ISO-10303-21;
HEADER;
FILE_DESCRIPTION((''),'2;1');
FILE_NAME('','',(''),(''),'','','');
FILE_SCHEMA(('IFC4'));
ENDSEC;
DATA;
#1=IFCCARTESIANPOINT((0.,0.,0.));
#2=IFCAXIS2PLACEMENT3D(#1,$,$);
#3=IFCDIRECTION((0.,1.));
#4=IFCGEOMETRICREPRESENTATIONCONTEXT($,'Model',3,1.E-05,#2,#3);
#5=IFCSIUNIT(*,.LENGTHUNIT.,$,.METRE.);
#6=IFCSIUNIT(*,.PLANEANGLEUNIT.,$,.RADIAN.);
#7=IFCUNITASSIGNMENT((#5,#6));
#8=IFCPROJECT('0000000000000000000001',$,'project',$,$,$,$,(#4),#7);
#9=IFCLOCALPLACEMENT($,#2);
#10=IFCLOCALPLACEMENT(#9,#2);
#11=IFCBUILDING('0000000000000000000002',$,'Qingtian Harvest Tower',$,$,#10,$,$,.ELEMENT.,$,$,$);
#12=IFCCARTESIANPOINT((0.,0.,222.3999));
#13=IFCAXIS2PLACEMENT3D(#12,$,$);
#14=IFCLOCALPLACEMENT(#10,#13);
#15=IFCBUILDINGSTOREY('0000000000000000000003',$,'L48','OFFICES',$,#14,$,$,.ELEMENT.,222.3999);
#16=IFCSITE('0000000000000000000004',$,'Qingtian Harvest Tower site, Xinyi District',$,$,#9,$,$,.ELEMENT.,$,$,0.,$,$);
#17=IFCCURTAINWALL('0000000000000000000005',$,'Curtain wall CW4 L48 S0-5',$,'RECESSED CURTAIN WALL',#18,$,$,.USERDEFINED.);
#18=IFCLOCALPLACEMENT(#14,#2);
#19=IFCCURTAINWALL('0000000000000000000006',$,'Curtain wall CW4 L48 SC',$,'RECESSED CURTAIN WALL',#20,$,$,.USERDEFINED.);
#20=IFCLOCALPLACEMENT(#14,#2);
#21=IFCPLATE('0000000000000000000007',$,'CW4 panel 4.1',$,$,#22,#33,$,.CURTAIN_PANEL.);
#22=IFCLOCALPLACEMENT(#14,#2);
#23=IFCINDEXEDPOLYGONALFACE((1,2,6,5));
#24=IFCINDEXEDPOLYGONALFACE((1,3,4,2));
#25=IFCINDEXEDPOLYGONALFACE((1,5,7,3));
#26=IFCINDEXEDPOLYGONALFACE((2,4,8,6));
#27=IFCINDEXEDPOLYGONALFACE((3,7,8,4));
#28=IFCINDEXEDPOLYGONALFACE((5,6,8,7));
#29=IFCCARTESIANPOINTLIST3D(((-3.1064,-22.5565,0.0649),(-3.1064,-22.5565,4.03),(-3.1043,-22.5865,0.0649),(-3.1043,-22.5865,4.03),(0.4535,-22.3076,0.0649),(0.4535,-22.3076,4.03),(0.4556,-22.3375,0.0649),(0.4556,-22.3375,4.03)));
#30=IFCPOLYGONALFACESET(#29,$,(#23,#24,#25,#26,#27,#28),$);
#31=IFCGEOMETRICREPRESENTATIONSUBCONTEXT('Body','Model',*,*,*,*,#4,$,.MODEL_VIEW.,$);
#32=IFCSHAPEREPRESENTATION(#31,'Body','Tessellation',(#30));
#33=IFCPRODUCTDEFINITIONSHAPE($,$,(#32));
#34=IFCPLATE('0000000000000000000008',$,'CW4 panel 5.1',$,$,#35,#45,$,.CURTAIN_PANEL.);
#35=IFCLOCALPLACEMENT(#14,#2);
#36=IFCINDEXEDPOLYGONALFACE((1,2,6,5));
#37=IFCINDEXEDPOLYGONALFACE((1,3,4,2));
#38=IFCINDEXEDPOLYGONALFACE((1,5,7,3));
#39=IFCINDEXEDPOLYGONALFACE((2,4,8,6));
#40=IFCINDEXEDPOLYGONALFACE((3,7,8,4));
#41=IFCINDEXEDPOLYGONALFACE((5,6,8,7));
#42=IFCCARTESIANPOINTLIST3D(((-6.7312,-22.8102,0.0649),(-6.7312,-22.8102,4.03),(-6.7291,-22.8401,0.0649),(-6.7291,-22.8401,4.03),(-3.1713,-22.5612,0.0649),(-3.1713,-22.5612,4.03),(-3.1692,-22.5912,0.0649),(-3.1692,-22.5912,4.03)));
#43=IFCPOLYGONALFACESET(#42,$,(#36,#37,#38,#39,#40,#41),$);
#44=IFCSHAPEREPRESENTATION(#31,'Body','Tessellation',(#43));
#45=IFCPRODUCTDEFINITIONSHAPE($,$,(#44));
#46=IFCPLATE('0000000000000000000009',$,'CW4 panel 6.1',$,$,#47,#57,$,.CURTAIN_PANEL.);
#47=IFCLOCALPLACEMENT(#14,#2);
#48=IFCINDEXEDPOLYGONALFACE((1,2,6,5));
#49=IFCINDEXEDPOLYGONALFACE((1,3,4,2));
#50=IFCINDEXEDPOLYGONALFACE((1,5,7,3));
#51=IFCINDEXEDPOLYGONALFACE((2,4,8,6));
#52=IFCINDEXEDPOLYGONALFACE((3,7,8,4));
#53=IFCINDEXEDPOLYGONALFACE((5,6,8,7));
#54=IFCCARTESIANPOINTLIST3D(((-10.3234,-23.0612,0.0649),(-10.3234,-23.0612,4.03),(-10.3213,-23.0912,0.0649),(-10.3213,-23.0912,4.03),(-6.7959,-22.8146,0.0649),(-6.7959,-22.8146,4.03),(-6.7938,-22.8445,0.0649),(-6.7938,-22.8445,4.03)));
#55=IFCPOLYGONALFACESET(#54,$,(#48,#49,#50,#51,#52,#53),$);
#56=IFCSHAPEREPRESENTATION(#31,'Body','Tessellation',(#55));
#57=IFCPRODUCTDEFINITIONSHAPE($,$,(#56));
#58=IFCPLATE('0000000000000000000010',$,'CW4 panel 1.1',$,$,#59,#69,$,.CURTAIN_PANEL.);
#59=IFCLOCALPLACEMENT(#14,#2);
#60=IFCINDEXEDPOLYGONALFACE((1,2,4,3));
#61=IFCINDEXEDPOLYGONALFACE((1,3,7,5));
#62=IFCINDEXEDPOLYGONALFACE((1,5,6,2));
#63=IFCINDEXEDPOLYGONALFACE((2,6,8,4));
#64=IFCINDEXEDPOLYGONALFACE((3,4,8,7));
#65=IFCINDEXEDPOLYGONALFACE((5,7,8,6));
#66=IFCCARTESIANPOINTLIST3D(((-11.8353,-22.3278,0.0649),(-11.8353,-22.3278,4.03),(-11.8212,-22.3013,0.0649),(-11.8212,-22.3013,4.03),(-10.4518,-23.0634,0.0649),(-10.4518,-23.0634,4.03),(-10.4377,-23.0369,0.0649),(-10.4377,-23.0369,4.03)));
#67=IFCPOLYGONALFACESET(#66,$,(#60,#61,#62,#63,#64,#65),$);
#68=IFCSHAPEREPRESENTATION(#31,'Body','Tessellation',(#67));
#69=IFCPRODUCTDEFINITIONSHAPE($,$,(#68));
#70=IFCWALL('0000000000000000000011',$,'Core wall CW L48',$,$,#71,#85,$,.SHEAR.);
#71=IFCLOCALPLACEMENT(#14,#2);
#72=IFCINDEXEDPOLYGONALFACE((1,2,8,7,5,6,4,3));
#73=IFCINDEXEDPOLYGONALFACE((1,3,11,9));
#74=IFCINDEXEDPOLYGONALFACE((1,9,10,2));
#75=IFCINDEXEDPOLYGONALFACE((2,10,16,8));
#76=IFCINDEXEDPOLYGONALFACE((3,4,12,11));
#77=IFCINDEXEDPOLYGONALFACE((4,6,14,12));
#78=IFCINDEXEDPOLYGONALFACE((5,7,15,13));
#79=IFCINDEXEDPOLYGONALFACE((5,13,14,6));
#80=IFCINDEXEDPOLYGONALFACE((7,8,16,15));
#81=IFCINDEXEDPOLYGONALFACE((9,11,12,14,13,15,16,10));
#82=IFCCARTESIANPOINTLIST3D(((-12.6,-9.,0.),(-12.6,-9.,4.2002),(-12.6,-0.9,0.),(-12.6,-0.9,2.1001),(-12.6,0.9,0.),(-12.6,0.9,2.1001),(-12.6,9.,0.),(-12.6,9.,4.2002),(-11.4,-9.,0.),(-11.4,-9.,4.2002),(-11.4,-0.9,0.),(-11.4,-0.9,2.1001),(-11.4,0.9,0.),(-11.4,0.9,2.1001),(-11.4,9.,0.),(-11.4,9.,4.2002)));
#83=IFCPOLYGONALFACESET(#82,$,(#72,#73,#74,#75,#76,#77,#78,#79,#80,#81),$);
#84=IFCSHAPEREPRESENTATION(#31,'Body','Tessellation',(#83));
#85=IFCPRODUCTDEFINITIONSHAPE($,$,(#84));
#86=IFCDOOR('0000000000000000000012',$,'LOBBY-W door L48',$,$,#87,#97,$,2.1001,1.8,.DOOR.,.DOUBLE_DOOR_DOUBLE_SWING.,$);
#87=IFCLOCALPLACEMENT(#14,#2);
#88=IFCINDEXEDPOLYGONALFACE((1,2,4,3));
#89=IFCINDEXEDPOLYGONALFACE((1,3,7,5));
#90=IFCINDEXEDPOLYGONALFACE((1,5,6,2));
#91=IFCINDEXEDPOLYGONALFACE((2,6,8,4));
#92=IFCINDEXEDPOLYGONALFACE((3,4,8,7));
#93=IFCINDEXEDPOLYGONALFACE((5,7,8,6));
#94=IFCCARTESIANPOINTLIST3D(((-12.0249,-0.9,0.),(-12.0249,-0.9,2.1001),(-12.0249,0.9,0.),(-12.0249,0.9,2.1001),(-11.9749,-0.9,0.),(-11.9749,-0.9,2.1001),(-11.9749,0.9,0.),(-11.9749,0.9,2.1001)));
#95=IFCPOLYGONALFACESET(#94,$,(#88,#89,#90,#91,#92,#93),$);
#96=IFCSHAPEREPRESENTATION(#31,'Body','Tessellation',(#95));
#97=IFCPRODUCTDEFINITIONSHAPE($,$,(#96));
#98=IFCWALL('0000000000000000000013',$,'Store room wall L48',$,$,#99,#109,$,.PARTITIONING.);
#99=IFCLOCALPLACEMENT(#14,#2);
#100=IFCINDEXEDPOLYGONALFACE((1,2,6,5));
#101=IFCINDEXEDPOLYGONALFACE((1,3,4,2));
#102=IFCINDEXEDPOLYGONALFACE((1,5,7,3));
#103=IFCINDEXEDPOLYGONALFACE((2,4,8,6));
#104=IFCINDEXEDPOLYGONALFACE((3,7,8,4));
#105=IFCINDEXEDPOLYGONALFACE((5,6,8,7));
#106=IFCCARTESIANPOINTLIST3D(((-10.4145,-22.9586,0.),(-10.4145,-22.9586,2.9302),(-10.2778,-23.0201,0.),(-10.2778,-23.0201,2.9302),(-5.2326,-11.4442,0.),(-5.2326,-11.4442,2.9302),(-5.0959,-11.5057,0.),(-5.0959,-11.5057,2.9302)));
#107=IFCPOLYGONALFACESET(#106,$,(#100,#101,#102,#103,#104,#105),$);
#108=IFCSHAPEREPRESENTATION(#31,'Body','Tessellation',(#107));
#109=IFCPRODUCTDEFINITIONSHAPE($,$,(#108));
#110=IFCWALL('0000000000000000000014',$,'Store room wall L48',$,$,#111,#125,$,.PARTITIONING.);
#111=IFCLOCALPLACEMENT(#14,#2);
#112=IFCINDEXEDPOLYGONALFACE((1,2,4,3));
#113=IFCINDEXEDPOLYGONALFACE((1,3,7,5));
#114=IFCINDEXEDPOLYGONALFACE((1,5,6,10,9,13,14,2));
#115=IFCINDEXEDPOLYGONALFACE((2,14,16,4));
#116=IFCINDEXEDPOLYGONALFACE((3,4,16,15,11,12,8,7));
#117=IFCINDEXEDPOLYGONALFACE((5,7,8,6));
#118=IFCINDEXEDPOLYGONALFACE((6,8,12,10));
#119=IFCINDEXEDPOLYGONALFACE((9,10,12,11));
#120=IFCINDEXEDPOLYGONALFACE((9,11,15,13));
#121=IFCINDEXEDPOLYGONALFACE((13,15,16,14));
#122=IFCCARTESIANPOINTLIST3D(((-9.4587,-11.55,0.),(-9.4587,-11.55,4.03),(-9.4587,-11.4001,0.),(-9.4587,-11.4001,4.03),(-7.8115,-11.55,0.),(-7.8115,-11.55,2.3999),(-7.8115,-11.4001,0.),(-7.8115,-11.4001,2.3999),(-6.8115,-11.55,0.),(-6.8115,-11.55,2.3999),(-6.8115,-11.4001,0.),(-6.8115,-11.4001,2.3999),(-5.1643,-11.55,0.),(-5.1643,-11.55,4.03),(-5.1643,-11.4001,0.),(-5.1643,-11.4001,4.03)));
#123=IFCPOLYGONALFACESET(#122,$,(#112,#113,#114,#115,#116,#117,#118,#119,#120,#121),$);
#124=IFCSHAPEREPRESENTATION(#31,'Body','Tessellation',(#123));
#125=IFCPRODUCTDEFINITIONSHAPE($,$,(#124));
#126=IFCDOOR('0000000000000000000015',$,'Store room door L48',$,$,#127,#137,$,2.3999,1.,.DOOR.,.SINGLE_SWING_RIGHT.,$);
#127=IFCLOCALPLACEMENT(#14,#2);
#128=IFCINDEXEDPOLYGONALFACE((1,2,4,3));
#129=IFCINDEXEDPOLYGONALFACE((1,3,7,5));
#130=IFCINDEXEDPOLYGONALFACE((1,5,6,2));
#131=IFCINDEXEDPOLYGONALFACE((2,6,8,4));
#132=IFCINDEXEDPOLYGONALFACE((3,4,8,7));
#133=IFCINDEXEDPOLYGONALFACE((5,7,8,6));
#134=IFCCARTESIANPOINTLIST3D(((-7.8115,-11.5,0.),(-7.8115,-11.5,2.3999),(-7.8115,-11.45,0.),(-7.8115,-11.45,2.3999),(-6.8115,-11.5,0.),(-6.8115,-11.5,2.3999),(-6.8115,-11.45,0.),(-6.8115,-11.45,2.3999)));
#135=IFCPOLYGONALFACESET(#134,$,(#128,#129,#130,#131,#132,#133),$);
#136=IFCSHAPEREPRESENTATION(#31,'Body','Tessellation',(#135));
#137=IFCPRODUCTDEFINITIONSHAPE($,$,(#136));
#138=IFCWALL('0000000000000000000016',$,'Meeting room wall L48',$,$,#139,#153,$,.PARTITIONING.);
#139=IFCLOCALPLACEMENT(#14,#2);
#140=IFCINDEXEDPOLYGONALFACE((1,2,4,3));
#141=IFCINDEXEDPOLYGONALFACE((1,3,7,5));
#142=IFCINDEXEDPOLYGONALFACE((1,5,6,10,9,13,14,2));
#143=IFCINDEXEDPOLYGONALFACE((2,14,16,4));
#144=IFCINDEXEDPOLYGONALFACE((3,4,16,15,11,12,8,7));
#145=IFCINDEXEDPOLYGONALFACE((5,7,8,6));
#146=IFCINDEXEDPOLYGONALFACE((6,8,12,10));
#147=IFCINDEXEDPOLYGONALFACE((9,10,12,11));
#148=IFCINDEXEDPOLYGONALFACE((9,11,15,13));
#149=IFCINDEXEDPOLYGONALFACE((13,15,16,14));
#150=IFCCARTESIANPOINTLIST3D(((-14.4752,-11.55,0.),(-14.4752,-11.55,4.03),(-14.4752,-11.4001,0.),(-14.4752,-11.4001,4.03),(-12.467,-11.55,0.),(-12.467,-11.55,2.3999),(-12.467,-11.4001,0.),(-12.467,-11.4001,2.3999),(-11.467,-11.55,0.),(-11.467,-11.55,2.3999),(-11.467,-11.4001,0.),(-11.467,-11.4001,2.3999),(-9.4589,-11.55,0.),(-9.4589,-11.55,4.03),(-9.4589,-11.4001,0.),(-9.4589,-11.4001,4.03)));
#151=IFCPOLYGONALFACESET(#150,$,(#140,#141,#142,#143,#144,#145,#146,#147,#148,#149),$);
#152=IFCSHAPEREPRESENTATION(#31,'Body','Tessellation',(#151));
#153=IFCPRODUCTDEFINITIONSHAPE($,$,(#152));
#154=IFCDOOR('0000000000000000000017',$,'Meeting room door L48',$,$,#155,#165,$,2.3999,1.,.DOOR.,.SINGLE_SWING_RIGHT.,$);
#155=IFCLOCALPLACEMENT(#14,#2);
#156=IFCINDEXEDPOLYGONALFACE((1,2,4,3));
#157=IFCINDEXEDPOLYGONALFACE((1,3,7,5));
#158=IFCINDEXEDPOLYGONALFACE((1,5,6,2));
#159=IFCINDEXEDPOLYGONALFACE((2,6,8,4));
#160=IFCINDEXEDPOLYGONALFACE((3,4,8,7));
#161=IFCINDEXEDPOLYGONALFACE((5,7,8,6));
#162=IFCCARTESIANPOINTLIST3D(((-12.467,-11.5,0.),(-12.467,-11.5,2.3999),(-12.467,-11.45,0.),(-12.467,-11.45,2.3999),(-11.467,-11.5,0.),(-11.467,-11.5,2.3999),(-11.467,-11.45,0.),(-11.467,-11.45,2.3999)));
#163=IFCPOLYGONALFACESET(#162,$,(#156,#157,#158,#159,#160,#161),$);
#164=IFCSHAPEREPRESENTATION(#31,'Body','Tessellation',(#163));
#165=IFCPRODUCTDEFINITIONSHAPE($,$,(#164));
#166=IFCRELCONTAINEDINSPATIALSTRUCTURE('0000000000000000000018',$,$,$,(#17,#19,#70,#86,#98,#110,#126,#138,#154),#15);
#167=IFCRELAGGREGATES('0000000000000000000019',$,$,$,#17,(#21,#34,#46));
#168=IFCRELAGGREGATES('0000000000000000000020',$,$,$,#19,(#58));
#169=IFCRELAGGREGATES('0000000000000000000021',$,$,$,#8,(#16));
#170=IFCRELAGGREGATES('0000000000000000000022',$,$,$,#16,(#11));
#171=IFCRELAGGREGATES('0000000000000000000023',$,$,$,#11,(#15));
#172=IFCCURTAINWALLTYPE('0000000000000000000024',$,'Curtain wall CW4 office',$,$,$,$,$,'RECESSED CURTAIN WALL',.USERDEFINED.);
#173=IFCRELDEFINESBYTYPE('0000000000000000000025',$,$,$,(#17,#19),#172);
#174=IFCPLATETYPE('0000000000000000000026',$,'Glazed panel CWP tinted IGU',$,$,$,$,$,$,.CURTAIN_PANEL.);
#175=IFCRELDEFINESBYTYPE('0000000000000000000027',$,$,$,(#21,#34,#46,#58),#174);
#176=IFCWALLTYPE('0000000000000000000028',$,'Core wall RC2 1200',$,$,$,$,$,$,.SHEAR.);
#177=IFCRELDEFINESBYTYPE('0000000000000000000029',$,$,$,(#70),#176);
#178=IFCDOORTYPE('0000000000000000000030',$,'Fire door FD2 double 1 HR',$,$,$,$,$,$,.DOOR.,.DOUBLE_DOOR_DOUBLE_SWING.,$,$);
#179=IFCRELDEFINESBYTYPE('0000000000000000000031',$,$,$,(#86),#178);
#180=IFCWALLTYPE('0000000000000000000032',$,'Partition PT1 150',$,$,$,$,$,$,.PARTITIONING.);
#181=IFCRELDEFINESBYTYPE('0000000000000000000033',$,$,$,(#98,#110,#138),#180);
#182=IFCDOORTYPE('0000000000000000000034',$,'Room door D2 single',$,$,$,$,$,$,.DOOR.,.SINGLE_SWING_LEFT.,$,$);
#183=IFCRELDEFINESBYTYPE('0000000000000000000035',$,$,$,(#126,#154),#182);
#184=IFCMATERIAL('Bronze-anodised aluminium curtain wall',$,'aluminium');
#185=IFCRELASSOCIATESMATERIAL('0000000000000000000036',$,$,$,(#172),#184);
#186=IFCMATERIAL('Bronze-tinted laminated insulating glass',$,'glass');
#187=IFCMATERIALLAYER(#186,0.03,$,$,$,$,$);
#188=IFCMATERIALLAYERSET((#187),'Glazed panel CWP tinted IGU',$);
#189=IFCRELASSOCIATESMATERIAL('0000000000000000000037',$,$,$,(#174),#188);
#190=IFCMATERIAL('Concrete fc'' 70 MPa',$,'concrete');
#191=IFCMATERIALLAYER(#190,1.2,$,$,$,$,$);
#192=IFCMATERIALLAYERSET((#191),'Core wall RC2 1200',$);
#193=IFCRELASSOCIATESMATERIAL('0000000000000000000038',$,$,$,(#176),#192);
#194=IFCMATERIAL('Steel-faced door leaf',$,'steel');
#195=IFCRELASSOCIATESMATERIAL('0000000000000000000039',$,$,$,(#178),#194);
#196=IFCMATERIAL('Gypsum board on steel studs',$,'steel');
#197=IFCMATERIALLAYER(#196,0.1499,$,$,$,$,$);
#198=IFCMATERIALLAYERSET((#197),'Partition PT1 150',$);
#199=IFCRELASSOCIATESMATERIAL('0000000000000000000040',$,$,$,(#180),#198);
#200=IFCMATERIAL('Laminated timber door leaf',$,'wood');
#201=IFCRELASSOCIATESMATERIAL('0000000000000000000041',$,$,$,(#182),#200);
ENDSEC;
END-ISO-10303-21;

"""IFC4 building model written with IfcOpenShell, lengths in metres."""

from ifc_helpers import new_model, si_unit, direction, frame, frame_2d, origin, origin_2d, place, context, subcontext, project, spatial, rectangle, extrude, material, layer, layer_set, type_object, element, fill, aggregate, save


model = new_model("IFC4")

# Units and contexts
model_context = context("Model", 3, precision=1e-05, world=origin(), true_north=direction((0.0, 1.0)))
body_context = subcontext(model_context, "Body", "Model", "MODEL_VIEW")
ifc_project = project(units=[si_unit("LENGTHUNIT", "METRE"), si_unit("PLANEANGLEUNIT", "RADIAN")], contexts=[model_context])

# Site, building, storey
site_placement = place(None, origin())
site = spatial("IfcSite", under=ifc_project, at=site_placement, Name="Qingtian Harvest Tower site, Xinyi District", CompositionType="ELEMENT", RefElevation=0.0)
building_placement = place(site_placement, origin())
building = spatial("IfcBuilding", under=site, at=building_placement, Name="Qingtian Harvest Tower", CompositionType="ELEMENT")
storey_placement = place(building_placement, frame((0.0, 0.0, 222.3999)))
storey = spatial("IfcBuildingStorey", under=building, at=storey_placement, Name="L48", Description="OFFICES", CompositionType="ELEMENT", Elevation=222.3999)

# Curtain walls
ifc_material_1 = material(Name="Bronze-anodised aluminium curtain wall", Category="aluminium")
curtain_wall_type = type_object("IfcCurtainWallType", Name="Curtain wall CW4 office", ElementType="RECESSED CURTAIN WALL", PredefinedType="USERDEFINED", material=ifc_material_1)
curtain_wall_1_placement = place(storey_placement, origin())
curtain_wall_1 = element("IfcCurtainWall", 1, at=curtain_wall_1_placement, inside=storey, type_object=curtain_wall_type, Name="Curtain wall CW4 L48 S0-5", ObjectType="RECESSED CURTAIN WALL", PredefinedType="USERDEFINED")
curtain_wall_2_placement = place(storey_placement, origin())
curtain_wall_2 = element("IfcCurtainWall", 2, at=curtain_wall_2_placement, inside=storey, type_object=curtain_wall_type, Name="Curtain wall CW4 L48 SC", ObjectType="RECESSED CURTAIN WALL", PredefinedType="USERDEFINED")

# Plates
ifc_material_2 = material(Name="Bronze-tinted laminated insulating glass", Category="glass")
ifc_layer_1 = layer(ifc_material_2, 0.03)
ifc_layer_set_1 = layer_set([ifc_layer_1], Name="Glazed panel CWP tinted IGU")
plate_type = type_object("IfcPlateType", Name="Glazed panel CWP tinted IGU", PredefinedType="CURTAIN_PANEL", material=ifc_layer_set_1)
plate_1_placement = place(storey_placement, frame((-1.3254, -22.447, 0.0649), z_axis=(0.0, 0.0, 1.0), x_axis=(-0.997564, -0.069756, 0.0)))
plate_1 = element("IfcPlate", 3, at=plate_1_placement, type_object=plate_type, Name="CW4 panel 4.1", PredefinedType="CURTAIN_PANEL", context=body_context, shape_type="SweptSolid", body=[
    extrude(rectangle(XDim=3.5686, YDim=0.03, at=origin_2d()), origin(), (0.0, 0.0, 1.0), 3.9651),
])
plate_2_placement = place(storey_placement, frame((-4.9502, -22.7007, 0.0649), z_axis=(0.0, 0.0, 1.0), x_axis=(-0.997564, -0.069756, 0.0)))
plate_2 = element("IfcPlate", 4, at=plate_2_placement, type_object=plate_type, Name="CW4 panel 5.1", PredefinedType="CURTAIN_PANEL", context=body_context, shape_type="SweptSolid", body=[
    extrude(rectangle(XDim=3.5686, YDim=0.03, at=origin_2d()), origin(), (0.0, 0.0, 1.0), 3.9651),
])
plate_3_placement = place(storey_placement, frame((-8.5586, -22.9529, 0.0649), z_axis=(0.0, 0.0, 1.0), x_axis=(-0.997564, -0.069756, 0.0)))
plate_3 = element("IfcPlate", 5, at=plate_3_placement, type_object=plate_type, Name="CW4 panel 6.1", PredefinedType="CURTAIN_PANEL", context=body_context, shape_type="SweptSolid", body=[
    extrude(rectangle(XDim=3.5361, YDim=0.03, at=origin_2d()), origin(), (0.0, 0.0, 1.0), 3.9651),
])
aggregate(curtain_wall_1, [plate_1, plate_2, plate_3])
plate_4_placement = place(storey_placement, frame((-11.1365, -22.6824, 0.0649), z_axis=(0.0, 0.0, 1.0), x_axis=(-0.882948, 0.469472, 0.0)))
plate_4 = element("IfcPlate", 6, at=plate_4_placement, type_object=plate_type, Name="CW4 panel 1.1", PredefinedType="CURTAIN_PANEL", context=body_context, shape_type="SweptSolid", body=[
    extrude(rectangle(XDim=1.5669, YDim=0.03, at=origin_2d()), origin(), (0.0, 0.0, 1.0), 3.9651),
])
aggregate(curtain_wall_2, [plate_4])

# Wall, opening, door
ifc_material_3 = material(Name="Concrete fc' 70 MPa", Category="concrete")
ifc_layer_2 = layer(ifc_material_3, 1.2)
ifc_layer_set_2 = layer_set([ifc_layer_2], Name="Core wall RC2 1200")
wall_type_1 = type_object("IfcWallType", Name="Core wall RC2 1200", PredefinedType="SHEAR", material=ifc_layer_set_2)
wall_1_placement = place(storey_placement, frame((-12.0, -9.0, 0.0), z_axis=(0.0, 0.0, 1.0), x_axis=(0.0, 1.0, 0.0)))
wall_1 = element("IfcWall", 7, at=wall_1_placement, inside=storey, type_object=wall_type_1, Name="Core wall CW L48", PredefinedType="SHEAR", context=body_context, shape_type="SweptSolid", body=[
    extrude(rectangle(XDim=18.0, YDim=1.2, at=frame_2d((9.0, 0.0))), origin(), (0.0, 0.0, 1.0), 4.2002),
])
opening_1_placement = place(wall_1_placement, frame((8.1001, 0.0, 0.0)))
opening_1 = element("IfcOpeningElement", 8, at=opening_1_placement, cuts=wall_1, PredefinedType="OPENING", context=body_context, shape_type="SweptSolid", body=[
    extrude(rectangle(XDim=1.8, YDim=2.1001, at=frame_2d((0.8999, 1.05))), frame((0.0, 0.6099, 0.0), z_axis=(0.0, -1.0, 0.0), x_axis=(1.0, 0.0, 0.0)), (0.0, 0.0, 1.0), 1.22),
])
ifc_material_4 = material(Name="Steel-faced door leaf", Category="steel")
door_type_1 = type_object("IfcDoorType", Name="Fire door FD2 double 1 HR", OperationType="DOUBLE_DOOR_DOUBLE_SWING", PredefinedType="DOOR", material=ifc_material_4)
door_1_placement = place(opening_1_placement, origin())
door_1 = element("IfcDoor", 9, at=door_1_placement, inside=storey, type_object=door_type_1, Name="LOBBY-W door L48", OperationType="DOUBLE_DOOR_DOUBLE_SWING", OverallHeight=2.1001, OverallWidth=1.8, PredefinedType="DOOR", context=body_context, shape_type="SweptSolid", body=[
    extrude(rectangle(XDim=1.8, YDim=2.1001, at=frame_2d((0.8999, 1.05))), frame((0.0, 0.0249, 0.0), z_axis=(0.0, -1.0, 0.0), x_axis=(1.0, 0.0, 0.0)), (0.0, 0.0, 1.0), 0.05),
])
fill(opening_1, door_1)

# Wall
ifc_material_5 = material(Name="Gypsum board on steel studs", Category="steel")
ifc_layer_3 = layer(ifc_material_5, 0.1499)
ifc_layer_set_3 = layer_set([ifc_layer_3], Name="Partition PT1 150")
wall_type_2 = type_object("IfcWallType", Name="Partition PT1 150", PredefinedType="PARTITIONING", material=ifc_layer_set_3)
wall_2_placement = place(storey_placement, frame((-10.3462, -22.9895, 0.0), z_axis=(0.0, 0.0, 1.0), x_axis=(0.410391, 0.91191, 0.0)))
element("IfcWall", 10, at=wall_2_placement, inside=storey, type_object=wall_type_2, Name="Store room wall L48", PredefinedType="PARTITIONING", context=body_context, shape_type="SweptSolid", body=[
    extrude(rectangle(XDim=12.6267, YDim=0.1499, at=frame_2d((6.3135, 0.0))), origin(), (0.0, 0.0, 1.0), 2.9302),
])

# Walls, openings, doors
wall_3_placement = place(storey_placement, frame((-5.1643, -11.4751, 0.0), z_axis=(0.0, 0.0, 1.0), x_axis=(-1.0, 0.0, 0.0)))
wall_3 = element("IfcWall", 11, at=wall_3_placement, inside=storey, type_object=wall_type_2, Name="Store room wall L48", PredefinedType="PARTITIONING", context=body_context, shape_type="SweptSolid", body=[
    extrude(rectangle(XDim=4.2944, YDim=0.1499, at=frame_2d((2.1472, 0.0))), origin(), (0.0, 0.0, 1.0), 4.03),
])
opening_2_placement = place(wall_3_placement, frame((1.6472, 0.0, 0.0)))
opening_2 = element("IfcOpeningElement", 12, at=opening_2_placement, cuts=wall_3, PredefinedType="OPENING", context=body_context, shape_type="SweptSolid", body=[
    extrude(rectangle(XDim=1.0, YDim=2.3999, at=frame_2d((0.5, 1.2))), frame((0.0, 0.085, 0.0), z_axis=(0.0, -1.0, 0.0), x_axis=(1.0, 0.0, 0.0)), (0.0, 0.0, 1.0), 0.1699),
])
ifc_material_6 = material(Name="Laminated timber door leaf", Category="wood")
door_type_2 = type_object("IfcDoorType", Name="Room door D2 single", OperationType="SINGLE_SWING_LEFT", PredefinedType="DOOR", material=ifc_material_6)
door_2_placement = place(opening_2_placement, origin())
door_2 = element("IfcDoor", 13, at=door_2_placement, inside=storey, type_object=door_type_2, Name="Store room door L48", OperationType="SINGLE_SWING_RIGHT", OverallHeight=2.3999, OverallWidth=1.0, PredefinedType="DOOR", context=body_context, shape_type="SweptSolid", body=[
    extrude(rectangle(XDim=1.0, YDim=2.3999, at=frame_2d((0.5, 1.2))), frame((0.0, 0.0249, 0.0), z_axis=(0.0, -1.0, 0.0), x_axis=(1.0, 0.0, 0.0)), (0.0, 0.0, 1.0), 0.05),
])
fill(opening_2, door_2)
wall_4_placement = place(storey_placement, frame((-9.4587, -11.4751, 0.0), z_axis=(0.0, 0.0, 1.0), x_axis=(-1.0, 0.0, 0.0)))
wall_4 = element("IfcWall", 14, at=wall_4_placement, inside=storey, type_object=wall_type_2, Name="Meeting room wall L48", PredefinedType="PARTITIONING", context=body_context, shape_type="SweptSolid", body=[
    extrude(rectangle(XDim=5.0164, YDim=0.1499, at=frame_2d((2.5083, 0.0))), origin(), (0.0, 0.0, 1.0), 4.03),
])
opening_3_placement = place(wall_4_placement, frame((2.0083, 0.0, 0.0)))
opening_3 = element("IfcOpeningElement", 15, at=opening_3_placement, cuts=wall_4, PredefinedType="OPENING", context=body_context, shape_type="SweptSolid", body=[
    extrude(rectangle(XDim=1.0, YDim=2.3999, at=frame_2d((0.5, 1.2))), frame((0.0, 0.085, 0.0), z_axis=(0.0, -1.0, 0.0), x_axis=(1.0, 0.0, 0.0)), (0.0, 0.0, 1.0), 0.1699),
])
door_3_placement = place(opening_3_placement, origin())
door_3 = element("IfcDoor", 16, at=door_3_placement, inside=storey, type_object=door_type_2, Name="Meeting room door L48", OperationType="SINGLE_SWING_RIGHT", OverallHeight=2.3999, OverallWidth=1.0, PredefinedType="DOOR", context=body_context, shape_type="SweptSolid", body=[
    extrude(rectangle(XDim=1.0, YDim=2.3999, at=frame_2d((0.5, 1.2))), frame((0.0, 0.0249, 0.0), z_axis=(0.0, -1.0, 0.0), x_axis=(1.0, 0.0, 0.0)), (0.0, 0.0, 1.0), 0.05),
])
fill(opening_3, door_3)

save(model, "model.ifc")
